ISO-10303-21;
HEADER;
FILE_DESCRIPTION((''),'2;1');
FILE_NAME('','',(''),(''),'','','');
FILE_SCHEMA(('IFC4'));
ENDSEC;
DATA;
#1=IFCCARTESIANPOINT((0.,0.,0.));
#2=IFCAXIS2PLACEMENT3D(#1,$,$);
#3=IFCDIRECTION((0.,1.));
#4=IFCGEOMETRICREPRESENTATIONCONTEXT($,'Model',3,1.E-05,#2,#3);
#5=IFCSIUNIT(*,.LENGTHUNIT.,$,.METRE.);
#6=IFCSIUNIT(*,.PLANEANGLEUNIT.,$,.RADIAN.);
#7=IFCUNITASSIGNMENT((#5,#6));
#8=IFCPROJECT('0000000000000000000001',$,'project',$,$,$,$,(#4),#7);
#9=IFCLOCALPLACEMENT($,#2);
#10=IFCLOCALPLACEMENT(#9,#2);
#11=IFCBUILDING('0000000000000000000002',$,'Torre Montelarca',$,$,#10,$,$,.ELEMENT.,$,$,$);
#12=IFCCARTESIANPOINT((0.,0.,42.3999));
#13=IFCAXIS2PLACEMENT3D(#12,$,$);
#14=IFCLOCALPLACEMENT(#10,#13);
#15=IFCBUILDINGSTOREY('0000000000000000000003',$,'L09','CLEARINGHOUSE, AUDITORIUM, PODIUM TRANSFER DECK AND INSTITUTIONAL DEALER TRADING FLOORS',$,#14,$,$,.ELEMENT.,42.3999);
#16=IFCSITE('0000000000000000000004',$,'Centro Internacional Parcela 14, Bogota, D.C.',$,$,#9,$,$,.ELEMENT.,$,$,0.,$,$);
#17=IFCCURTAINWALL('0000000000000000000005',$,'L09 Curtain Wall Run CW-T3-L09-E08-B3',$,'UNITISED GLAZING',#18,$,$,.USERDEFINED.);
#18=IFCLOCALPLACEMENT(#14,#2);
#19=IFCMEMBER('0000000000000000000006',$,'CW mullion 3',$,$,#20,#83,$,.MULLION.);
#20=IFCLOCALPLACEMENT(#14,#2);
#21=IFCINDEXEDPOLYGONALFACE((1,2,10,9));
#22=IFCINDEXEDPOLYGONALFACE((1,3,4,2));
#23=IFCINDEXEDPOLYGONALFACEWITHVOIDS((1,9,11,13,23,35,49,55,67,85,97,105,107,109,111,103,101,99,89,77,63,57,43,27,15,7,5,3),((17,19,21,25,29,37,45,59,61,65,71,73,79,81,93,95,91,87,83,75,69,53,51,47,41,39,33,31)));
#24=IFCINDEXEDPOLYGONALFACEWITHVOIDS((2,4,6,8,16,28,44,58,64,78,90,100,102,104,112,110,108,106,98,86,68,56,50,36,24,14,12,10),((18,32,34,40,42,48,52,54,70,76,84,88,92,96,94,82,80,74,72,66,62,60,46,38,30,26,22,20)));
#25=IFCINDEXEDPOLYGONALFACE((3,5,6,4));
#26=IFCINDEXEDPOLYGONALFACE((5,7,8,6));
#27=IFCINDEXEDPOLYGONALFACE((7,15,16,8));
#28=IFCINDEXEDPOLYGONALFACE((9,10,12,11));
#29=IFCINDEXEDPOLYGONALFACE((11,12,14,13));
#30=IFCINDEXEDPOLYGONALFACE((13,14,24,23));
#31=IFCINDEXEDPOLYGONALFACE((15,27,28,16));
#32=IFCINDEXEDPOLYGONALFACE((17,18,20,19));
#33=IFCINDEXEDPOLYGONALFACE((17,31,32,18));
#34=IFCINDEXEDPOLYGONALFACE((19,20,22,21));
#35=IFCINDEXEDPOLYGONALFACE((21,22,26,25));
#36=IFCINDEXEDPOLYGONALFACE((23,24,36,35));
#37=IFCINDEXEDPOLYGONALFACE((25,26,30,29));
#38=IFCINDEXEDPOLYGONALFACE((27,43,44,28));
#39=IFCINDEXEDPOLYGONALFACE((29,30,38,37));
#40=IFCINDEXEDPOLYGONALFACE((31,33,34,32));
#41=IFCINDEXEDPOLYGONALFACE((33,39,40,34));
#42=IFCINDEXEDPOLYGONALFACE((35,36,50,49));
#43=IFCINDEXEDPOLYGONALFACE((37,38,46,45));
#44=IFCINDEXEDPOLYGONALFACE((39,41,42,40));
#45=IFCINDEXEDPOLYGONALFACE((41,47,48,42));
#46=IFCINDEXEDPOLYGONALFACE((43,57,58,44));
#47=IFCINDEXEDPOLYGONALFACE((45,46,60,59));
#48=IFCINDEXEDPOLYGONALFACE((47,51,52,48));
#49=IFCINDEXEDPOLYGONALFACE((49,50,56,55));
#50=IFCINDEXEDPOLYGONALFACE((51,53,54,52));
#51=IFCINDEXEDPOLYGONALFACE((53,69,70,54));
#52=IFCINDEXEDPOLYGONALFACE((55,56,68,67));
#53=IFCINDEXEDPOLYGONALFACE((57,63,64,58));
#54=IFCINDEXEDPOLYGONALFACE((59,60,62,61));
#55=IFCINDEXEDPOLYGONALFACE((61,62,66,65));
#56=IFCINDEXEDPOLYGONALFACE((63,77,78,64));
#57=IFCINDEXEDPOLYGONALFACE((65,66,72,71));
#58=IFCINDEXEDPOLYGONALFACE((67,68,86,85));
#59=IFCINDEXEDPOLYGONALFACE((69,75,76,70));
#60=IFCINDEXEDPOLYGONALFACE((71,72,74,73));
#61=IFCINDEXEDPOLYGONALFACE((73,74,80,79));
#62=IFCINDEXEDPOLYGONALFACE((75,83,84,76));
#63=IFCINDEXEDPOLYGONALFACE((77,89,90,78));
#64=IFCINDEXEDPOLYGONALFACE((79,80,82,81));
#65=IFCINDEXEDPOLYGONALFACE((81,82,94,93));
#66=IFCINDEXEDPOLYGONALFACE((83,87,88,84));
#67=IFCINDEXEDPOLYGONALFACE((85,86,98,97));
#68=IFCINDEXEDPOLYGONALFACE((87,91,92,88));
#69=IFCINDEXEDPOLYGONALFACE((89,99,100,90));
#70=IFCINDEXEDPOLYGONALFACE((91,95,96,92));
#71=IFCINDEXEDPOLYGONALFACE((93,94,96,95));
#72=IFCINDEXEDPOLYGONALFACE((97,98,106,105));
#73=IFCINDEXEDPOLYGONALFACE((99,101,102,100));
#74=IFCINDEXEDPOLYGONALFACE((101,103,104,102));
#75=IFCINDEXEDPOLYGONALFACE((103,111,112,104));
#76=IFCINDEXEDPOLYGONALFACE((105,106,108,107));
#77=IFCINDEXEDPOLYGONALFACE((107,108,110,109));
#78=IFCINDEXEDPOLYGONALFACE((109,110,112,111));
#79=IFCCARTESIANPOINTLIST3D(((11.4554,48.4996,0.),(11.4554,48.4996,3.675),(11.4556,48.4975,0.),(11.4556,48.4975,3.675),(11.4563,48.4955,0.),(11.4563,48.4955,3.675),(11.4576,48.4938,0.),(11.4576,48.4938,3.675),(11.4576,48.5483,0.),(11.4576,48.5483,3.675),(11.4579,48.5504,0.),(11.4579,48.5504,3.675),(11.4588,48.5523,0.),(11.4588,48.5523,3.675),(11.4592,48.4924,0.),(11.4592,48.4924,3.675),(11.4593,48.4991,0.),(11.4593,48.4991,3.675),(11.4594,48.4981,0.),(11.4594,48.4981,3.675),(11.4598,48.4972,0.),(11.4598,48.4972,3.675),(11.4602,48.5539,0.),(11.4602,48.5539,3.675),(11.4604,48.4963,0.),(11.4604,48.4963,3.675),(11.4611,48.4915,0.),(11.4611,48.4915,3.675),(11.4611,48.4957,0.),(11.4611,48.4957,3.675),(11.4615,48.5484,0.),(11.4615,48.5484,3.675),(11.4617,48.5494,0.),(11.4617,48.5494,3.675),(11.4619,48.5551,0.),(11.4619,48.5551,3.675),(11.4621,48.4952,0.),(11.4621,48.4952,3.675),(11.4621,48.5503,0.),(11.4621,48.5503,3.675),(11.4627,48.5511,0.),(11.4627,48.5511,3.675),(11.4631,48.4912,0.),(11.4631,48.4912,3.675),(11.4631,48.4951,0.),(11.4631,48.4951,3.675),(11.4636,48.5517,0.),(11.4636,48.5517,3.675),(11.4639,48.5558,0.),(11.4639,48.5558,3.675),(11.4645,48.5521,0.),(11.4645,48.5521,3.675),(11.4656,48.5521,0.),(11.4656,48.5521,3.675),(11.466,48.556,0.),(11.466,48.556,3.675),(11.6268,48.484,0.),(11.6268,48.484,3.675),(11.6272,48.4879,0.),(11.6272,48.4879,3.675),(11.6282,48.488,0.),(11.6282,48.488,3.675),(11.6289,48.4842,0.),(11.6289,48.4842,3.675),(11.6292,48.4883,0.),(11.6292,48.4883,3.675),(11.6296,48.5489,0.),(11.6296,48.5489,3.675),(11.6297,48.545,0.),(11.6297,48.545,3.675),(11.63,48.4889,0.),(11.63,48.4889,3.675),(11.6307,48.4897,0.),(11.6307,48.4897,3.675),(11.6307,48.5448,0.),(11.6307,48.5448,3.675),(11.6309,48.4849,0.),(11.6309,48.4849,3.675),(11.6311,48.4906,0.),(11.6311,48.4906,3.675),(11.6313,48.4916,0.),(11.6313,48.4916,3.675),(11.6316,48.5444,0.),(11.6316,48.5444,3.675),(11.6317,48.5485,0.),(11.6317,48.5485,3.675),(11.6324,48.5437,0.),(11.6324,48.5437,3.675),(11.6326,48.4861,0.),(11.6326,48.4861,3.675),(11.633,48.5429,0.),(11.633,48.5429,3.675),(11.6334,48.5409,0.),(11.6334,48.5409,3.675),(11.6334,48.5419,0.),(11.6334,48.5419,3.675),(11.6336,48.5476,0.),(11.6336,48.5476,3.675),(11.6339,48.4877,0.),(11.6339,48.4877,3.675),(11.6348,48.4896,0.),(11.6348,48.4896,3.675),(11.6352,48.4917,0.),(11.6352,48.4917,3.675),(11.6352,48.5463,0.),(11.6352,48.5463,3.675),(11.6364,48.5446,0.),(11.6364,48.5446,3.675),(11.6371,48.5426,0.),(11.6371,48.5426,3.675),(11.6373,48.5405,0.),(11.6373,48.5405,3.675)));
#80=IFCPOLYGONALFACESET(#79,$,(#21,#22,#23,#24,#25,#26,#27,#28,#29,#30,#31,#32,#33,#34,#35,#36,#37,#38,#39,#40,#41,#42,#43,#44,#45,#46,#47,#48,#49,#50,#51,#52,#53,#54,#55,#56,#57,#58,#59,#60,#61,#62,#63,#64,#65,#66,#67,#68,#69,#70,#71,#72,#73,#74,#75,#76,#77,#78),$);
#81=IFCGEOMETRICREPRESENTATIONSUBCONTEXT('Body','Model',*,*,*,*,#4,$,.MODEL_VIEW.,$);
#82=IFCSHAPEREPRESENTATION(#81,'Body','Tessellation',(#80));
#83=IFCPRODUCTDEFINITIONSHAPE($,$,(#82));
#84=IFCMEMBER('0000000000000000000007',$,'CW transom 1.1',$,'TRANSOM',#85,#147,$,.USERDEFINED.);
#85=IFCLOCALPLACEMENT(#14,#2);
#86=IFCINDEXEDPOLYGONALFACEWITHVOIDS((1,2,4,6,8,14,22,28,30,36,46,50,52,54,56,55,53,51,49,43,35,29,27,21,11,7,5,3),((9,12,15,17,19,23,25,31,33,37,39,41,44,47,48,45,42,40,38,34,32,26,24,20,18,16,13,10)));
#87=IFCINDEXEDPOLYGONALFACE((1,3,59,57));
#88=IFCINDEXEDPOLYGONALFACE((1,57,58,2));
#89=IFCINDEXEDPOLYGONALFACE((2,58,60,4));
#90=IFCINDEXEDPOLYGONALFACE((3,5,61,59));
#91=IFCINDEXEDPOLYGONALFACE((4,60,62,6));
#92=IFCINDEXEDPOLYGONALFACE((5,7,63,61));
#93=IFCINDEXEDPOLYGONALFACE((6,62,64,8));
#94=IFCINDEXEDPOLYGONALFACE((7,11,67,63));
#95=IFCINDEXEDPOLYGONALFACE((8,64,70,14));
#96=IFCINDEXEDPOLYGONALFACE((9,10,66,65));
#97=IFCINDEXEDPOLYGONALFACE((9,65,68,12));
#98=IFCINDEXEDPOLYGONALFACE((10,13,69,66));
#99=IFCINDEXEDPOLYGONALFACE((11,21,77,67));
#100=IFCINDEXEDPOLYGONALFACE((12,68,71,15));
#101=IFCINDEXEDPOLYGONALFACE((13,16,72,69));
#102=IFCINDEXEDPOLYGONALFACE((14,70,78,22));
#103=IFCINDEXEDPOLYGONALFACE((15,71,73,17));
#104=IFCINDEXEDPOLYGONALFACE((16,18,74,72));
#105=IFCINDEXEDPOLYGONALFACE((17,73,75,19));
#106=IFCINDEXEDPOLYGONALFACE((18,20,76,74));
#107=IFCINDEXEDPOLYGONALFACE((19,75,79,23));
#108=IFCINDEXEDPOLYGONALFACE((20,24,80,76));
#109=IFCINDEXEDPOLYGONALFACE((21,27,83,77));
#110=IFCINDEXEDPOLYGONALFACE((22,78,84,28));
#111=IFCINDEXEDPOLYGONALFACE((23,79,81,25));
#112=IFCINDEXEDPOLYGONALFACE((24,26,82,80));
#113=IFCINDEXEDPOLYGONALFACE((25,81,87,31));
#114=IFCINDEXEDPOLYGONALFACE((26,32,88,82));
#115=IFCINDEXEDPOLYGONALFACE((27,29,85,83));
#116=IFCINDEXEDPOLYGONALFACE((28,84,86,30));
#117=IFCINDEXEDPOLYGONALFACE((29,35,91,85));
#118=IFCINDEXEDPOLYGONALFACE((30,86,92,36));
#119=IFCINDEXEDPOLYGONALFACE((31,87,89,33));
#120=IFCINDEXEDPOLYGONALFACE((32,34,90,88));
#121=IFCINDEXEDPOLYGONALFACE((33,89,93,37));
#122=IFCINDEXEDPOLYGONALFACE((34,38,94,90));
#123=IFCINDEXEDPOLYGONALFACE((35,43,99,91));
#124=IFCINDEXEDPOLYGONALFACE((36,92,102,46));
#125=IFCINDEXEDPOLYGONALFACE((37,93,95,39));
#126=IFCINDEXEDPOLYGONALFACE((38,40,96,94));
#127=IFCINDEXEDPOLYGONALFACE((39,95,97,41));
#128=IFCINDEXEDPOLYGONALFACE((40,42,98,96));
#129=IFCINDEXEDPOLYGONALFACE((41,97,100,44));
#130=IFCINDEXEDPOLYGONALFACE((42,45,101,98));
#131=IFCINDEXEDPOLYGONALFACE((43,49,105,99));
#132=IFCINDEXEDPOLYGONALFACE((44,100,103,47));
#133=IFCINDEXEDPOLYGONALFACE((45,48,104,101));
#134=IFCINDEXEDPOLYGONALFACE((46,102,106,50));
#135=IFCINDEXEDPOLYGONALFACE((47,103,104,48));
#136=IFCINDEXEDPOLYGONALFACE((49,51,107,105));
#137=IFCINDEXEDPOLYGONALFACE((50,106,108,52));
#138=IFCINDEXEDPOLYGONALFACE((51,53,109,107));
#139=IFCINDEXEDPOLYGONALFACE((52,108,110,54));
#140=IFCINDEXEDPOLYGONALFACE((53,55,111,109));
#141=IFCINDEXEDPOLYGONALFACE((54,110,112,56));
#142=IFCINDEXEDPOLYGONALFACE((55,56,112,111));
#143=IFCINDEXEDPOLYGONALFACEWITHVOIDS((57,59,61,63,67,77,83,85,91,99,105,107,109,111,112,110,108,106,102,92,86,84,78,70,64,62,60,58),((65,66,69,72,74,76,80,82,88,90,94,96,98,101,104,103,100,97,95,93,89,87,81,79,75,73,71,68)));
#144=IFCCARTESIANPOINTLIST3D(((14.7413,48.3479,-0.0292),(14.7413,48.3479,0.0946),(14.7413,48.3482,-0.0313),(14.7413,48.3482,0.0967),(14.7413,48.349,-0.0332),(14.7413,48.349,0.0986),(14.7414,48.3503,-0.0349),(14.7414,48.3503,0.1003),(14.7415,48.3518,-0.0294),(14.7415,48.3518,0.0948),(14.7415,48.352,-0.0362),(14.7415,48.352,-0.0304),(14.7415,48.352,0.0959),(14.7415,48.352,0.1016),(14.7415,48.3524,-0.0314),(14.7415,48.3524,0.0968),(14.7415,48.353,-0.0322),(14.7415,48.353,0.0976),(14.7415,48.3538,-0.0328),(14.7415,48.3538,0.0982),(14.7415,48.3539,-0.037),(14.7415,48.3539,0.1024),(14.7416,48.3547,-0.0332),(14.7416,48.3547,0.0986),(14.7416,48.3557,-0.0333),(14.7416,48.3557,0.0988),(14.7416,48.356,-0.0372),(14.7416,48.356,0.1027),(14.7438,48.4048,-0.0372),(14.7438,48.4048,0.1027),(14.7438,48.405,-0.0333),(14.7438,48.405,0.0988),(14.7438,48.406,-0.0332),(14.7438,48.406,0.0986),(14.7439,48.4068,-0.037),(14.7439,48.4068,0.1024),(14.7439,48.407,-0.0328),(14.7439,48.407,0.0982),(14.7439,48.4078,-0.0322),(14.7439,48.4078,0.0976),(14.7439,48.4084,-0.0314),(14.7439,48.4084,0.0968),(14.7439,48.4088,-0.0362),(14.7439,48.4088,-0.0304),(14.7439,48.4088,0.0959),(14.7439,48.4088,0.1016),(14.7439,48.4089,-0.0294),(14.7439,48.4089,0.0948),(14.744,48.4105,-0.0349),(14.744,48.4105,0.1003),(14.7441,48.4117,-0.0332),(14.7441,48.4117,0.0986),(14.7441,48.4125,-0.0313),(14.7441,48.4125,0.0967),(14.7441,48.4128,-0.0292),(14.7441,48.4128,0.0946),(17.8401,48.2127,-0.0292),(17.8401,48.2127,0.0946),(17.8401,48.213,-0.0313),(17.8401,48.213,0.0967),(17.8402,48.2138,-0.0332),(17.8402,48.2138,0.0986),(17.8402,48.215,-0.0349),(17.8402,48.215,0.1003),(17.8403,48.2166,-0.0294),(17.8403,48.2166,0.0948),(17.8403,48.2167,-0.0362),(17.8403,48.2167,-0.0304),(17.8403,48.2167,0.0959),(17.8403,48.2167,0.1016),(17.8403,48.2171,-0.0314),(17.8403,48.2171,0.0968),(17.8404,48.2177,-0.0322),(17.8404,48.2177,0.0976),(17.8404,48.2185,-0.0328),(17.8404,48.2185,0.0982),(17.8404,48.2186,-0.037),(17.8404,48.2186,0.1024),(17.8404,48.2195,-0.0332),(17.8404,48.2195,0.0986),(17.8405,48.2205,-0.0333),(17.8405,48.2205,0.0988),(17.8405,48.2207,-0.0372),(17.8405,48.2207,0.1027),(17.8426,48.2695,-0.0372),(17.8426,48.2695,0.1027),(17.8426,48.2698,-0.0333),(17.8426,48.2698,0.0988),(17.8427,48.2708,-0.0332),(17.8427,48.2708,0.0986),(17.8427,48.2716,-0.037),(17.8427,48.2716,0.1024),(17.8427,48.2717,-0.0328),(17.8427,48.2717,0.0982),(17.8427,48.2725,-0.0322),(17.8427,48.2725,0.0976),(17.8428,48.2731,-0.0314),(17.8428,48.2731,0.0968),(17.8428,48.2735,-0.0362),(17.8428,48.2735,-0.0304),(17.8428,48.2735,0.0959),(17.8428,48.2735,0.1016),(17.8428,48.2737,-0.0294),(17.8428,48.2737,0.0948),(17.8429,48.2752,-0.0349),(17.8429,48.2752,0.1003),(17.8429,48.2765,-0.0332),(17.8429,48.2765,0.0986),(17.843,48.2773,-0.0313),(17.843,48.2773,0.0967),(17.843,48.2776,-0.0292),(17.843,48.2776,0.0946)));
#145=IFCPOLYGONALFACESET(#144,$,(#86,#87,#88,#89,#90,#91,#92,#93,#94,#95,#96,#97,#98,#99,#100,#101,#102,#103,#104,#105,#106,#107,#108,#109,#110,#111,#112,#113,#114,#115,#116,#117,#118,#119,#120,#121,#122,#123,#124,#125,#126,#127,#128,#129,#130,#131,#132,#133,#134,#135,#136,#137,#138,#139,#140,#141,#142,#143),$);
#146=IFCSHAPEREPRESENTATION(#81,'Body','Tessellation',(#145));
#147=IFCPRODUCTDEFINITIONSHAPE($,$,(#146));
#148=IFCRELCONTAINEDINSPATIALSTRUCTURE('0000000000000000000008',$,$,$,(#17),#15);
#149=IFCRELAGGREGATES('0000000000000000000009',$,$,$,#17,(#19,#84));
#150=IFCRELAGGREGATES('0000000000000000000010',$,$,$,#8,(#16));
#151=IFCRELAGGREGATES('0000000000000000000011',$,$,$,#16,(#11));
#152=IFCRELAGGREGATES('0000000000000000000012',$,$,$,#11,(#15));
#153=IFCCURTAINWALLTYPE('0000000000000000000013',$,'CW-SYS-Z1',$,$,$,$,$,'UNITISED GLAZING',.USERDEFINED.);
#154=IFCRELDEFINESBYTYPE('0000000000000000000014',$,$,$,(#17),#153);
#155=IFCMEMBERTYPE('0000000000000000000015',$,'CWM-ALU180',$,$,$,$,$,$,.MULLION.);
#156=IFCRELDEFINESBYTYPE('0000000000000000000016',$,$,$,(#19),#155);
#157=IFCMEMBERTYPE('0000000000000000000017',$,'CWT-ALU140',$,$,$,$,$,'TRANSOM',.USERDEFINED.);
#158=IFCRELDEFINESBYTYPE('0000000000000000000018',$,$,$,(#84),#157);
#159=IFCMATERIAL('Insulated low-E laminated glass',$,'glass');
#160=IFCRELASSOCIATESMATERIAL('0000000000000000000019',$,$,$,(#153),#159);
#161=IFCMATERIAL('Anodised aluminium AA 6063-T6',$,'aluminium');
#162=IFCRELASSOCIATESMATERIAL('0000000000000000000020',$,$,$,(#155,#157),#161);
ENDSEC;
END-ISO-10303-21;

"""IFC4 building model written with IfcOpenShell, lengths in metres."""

from ifc_helpers import new_model, si_unit, direction, frame, origin, origin_2d, place, context, subcontext, project, spatial, hollow_rectangle, extrude, source, transform, mapped, material, material_profile, profile_set, type_object, element, aggregate, save


model = new_model("IFC4")

# Units and contexts
model_context = context("Model", 3, precision=1e-05, world=origin(), true_north=direction((0.0, 1.0)))
body_context = subcontext(model_context, "Body", "Model", "MODEL_VIEW")
ifc_project = project(units=[si_unit("LENGTHUNIT", "METRE"), si_unit("PLANEANGLEUNIT", "RADIAN")], contexts=[model_context])

# Site, building, storey
site_placement = place(None, origin())
site = spatial("IfcSite", under=ifc_project, at=site_placement, Name="Centro Internacional Parcela 14, Bogota, D.C.", CompositionType="ELEMENT", RefElevation=0.0)
building_placement = place(site_placement, origin())
building = spatial("IfcBuilding", under=site, at=building_placement, Name="Torre Montelarca", CompositionType="ELEMENT")
storey_placement = place(building_placement, frame((0.0, 0.0, 42.3999)))
storey = spatial("IfcBuildingStorey", under=building, at=storey_placement, Name="L09", Description="CLEARINGHOUSE, AUDITORIUM, PODIUM TRANSFER DECK AND INSTITUTIONAL DEALER TRADING FLOORS", CompositionType="ELEMENT", Elevation=42.3999)

# Curtain wall, members
ifc_material_1 = material(Name="Insulated low-E laminated glass", Category="glass")
curtain_wall_type = type_object("IfcCurtainWallType", Name="CW-SYS-Z1", ElementType="UNITISED GLAZING", PredefinedType="USERDEFINED", material=ifc_material_1)
ifc_material_2 = material(Name="Anodised aluminium AA 6063-T6", Category="aluminium")
ifc_material_profile_1 = material_profile(ifc_material_2, hollow_rectangle(XDim=0.0649, YDim=0.1799, WallThickness=0.0039, InnerFilletRadius=0.0039, OuterFilletRadius=0.0081, at=origin_2d()), Name="ALU65X180X4", Category="aluminium")
ifc_profile_set_1 = profile_set([ifc_material_profile_1], Name="Anodised aluminium AA 6063-T6")
member_type_1 = type_object("IfcMemberType", Name="CWM-ALU180", PredefinedType="MULLION", material=ifc_profile_set_1)
ifc_material_profile_2 = material_profile(ifc_material_2, hollow_rectangle(XDim=0.0649, YDim=0.1399, WallThickness=0.0039, InnerFilletRadius=0.0039, OuterFilletRadius=0.0081, at=origin_2d()), Name="ALU65X140X4", Category="aluminium")
ifc_profile_set_2 = profile_set([ifc_material_profile_2], Name="Anodised aluminium AA 6063-T6")
member_type_2 = type_object("IfcMemberType", Name="CWT-ALU140", ElementType="TRANSOM", PredefinedType="USERDEFINED", material=ifc_profile_set_2)
curtain_wall_1_placement = place(storey_placement, origin())
curtain_wall_1 = element("IfcCurtainWall", 1, at=curtain_wall_1_placement, inside=storey, type_object=curtain_wall_type, Name="L09 Curtain Wall Run CW-T3-L09-E08-B3", ObjectType="UNITISED GLAZING", PredefinedType="USERDEFINED")
shared_shape_1 = source(origin(), body_context, "Body", "SweptSolid", [
    extrude(hollow_rectangle(XDim=0.0649, YDim=0.1799, WallThickness=0.0039, InnerFilletRadius=0.0039, OuterFilletRadius=0.0081, at=origin_2d()), origin(), (0.0, 0.0, 1.0), 3.675),
])
member_1_placement = place(storey_placement, frame((11.5464, 48.52, 0.0), z_axis=(0.0, 0.0, 1.0), x_axis=(-0.043619, -0.999048, 0.0)))
member_1 = element("IfcMember", 2, at=member_1_placement, type_object=member_type_1, Name="CW mullion 3", PredefinedType="MULLION", context=body_context, shape_type="MappedRepresentation", body=[
    mapped(shared_shape_1, transform((0.0, 0.0, 0.0), scale=1.0)),
])
shared_shape_2 = source(origin(), body_context, "Body", "SweptSolid", [
    extrude(hollow_rectangle(XDim=0.0649, YDim=0.1399, WallThickness=0.0039, InnerFilletRadius=0.0039, OuterFilletRadius=0.0081, at=origin_2d()), origin(), (0.0, 0.0, 1.0), 3.1018),
])
member_2_placement = place(storey_placement, frame((17.8416, 48.2451, 0.0327), z_axis=(-0.999049, 0.043605, 0.0), x_axis=(-0.043605, -0.999049, 0.0)))
member_2 = element("IfcMember", 3, at=member_2_placement, type_object=member_type_2, Name="CW transom 1.1", ObjectType="TRANSOM", PredefinedType="USERDEFINED", context=body_context, shape_type="MappedRepresentation", body=[
    mapped(shared_shape_2, transform((0.0, 0.0, 0.0), scale=1.0)),
])

aggregate(curtain_wall_1, [member_1, member_2])

save(model, "model.ifc")
